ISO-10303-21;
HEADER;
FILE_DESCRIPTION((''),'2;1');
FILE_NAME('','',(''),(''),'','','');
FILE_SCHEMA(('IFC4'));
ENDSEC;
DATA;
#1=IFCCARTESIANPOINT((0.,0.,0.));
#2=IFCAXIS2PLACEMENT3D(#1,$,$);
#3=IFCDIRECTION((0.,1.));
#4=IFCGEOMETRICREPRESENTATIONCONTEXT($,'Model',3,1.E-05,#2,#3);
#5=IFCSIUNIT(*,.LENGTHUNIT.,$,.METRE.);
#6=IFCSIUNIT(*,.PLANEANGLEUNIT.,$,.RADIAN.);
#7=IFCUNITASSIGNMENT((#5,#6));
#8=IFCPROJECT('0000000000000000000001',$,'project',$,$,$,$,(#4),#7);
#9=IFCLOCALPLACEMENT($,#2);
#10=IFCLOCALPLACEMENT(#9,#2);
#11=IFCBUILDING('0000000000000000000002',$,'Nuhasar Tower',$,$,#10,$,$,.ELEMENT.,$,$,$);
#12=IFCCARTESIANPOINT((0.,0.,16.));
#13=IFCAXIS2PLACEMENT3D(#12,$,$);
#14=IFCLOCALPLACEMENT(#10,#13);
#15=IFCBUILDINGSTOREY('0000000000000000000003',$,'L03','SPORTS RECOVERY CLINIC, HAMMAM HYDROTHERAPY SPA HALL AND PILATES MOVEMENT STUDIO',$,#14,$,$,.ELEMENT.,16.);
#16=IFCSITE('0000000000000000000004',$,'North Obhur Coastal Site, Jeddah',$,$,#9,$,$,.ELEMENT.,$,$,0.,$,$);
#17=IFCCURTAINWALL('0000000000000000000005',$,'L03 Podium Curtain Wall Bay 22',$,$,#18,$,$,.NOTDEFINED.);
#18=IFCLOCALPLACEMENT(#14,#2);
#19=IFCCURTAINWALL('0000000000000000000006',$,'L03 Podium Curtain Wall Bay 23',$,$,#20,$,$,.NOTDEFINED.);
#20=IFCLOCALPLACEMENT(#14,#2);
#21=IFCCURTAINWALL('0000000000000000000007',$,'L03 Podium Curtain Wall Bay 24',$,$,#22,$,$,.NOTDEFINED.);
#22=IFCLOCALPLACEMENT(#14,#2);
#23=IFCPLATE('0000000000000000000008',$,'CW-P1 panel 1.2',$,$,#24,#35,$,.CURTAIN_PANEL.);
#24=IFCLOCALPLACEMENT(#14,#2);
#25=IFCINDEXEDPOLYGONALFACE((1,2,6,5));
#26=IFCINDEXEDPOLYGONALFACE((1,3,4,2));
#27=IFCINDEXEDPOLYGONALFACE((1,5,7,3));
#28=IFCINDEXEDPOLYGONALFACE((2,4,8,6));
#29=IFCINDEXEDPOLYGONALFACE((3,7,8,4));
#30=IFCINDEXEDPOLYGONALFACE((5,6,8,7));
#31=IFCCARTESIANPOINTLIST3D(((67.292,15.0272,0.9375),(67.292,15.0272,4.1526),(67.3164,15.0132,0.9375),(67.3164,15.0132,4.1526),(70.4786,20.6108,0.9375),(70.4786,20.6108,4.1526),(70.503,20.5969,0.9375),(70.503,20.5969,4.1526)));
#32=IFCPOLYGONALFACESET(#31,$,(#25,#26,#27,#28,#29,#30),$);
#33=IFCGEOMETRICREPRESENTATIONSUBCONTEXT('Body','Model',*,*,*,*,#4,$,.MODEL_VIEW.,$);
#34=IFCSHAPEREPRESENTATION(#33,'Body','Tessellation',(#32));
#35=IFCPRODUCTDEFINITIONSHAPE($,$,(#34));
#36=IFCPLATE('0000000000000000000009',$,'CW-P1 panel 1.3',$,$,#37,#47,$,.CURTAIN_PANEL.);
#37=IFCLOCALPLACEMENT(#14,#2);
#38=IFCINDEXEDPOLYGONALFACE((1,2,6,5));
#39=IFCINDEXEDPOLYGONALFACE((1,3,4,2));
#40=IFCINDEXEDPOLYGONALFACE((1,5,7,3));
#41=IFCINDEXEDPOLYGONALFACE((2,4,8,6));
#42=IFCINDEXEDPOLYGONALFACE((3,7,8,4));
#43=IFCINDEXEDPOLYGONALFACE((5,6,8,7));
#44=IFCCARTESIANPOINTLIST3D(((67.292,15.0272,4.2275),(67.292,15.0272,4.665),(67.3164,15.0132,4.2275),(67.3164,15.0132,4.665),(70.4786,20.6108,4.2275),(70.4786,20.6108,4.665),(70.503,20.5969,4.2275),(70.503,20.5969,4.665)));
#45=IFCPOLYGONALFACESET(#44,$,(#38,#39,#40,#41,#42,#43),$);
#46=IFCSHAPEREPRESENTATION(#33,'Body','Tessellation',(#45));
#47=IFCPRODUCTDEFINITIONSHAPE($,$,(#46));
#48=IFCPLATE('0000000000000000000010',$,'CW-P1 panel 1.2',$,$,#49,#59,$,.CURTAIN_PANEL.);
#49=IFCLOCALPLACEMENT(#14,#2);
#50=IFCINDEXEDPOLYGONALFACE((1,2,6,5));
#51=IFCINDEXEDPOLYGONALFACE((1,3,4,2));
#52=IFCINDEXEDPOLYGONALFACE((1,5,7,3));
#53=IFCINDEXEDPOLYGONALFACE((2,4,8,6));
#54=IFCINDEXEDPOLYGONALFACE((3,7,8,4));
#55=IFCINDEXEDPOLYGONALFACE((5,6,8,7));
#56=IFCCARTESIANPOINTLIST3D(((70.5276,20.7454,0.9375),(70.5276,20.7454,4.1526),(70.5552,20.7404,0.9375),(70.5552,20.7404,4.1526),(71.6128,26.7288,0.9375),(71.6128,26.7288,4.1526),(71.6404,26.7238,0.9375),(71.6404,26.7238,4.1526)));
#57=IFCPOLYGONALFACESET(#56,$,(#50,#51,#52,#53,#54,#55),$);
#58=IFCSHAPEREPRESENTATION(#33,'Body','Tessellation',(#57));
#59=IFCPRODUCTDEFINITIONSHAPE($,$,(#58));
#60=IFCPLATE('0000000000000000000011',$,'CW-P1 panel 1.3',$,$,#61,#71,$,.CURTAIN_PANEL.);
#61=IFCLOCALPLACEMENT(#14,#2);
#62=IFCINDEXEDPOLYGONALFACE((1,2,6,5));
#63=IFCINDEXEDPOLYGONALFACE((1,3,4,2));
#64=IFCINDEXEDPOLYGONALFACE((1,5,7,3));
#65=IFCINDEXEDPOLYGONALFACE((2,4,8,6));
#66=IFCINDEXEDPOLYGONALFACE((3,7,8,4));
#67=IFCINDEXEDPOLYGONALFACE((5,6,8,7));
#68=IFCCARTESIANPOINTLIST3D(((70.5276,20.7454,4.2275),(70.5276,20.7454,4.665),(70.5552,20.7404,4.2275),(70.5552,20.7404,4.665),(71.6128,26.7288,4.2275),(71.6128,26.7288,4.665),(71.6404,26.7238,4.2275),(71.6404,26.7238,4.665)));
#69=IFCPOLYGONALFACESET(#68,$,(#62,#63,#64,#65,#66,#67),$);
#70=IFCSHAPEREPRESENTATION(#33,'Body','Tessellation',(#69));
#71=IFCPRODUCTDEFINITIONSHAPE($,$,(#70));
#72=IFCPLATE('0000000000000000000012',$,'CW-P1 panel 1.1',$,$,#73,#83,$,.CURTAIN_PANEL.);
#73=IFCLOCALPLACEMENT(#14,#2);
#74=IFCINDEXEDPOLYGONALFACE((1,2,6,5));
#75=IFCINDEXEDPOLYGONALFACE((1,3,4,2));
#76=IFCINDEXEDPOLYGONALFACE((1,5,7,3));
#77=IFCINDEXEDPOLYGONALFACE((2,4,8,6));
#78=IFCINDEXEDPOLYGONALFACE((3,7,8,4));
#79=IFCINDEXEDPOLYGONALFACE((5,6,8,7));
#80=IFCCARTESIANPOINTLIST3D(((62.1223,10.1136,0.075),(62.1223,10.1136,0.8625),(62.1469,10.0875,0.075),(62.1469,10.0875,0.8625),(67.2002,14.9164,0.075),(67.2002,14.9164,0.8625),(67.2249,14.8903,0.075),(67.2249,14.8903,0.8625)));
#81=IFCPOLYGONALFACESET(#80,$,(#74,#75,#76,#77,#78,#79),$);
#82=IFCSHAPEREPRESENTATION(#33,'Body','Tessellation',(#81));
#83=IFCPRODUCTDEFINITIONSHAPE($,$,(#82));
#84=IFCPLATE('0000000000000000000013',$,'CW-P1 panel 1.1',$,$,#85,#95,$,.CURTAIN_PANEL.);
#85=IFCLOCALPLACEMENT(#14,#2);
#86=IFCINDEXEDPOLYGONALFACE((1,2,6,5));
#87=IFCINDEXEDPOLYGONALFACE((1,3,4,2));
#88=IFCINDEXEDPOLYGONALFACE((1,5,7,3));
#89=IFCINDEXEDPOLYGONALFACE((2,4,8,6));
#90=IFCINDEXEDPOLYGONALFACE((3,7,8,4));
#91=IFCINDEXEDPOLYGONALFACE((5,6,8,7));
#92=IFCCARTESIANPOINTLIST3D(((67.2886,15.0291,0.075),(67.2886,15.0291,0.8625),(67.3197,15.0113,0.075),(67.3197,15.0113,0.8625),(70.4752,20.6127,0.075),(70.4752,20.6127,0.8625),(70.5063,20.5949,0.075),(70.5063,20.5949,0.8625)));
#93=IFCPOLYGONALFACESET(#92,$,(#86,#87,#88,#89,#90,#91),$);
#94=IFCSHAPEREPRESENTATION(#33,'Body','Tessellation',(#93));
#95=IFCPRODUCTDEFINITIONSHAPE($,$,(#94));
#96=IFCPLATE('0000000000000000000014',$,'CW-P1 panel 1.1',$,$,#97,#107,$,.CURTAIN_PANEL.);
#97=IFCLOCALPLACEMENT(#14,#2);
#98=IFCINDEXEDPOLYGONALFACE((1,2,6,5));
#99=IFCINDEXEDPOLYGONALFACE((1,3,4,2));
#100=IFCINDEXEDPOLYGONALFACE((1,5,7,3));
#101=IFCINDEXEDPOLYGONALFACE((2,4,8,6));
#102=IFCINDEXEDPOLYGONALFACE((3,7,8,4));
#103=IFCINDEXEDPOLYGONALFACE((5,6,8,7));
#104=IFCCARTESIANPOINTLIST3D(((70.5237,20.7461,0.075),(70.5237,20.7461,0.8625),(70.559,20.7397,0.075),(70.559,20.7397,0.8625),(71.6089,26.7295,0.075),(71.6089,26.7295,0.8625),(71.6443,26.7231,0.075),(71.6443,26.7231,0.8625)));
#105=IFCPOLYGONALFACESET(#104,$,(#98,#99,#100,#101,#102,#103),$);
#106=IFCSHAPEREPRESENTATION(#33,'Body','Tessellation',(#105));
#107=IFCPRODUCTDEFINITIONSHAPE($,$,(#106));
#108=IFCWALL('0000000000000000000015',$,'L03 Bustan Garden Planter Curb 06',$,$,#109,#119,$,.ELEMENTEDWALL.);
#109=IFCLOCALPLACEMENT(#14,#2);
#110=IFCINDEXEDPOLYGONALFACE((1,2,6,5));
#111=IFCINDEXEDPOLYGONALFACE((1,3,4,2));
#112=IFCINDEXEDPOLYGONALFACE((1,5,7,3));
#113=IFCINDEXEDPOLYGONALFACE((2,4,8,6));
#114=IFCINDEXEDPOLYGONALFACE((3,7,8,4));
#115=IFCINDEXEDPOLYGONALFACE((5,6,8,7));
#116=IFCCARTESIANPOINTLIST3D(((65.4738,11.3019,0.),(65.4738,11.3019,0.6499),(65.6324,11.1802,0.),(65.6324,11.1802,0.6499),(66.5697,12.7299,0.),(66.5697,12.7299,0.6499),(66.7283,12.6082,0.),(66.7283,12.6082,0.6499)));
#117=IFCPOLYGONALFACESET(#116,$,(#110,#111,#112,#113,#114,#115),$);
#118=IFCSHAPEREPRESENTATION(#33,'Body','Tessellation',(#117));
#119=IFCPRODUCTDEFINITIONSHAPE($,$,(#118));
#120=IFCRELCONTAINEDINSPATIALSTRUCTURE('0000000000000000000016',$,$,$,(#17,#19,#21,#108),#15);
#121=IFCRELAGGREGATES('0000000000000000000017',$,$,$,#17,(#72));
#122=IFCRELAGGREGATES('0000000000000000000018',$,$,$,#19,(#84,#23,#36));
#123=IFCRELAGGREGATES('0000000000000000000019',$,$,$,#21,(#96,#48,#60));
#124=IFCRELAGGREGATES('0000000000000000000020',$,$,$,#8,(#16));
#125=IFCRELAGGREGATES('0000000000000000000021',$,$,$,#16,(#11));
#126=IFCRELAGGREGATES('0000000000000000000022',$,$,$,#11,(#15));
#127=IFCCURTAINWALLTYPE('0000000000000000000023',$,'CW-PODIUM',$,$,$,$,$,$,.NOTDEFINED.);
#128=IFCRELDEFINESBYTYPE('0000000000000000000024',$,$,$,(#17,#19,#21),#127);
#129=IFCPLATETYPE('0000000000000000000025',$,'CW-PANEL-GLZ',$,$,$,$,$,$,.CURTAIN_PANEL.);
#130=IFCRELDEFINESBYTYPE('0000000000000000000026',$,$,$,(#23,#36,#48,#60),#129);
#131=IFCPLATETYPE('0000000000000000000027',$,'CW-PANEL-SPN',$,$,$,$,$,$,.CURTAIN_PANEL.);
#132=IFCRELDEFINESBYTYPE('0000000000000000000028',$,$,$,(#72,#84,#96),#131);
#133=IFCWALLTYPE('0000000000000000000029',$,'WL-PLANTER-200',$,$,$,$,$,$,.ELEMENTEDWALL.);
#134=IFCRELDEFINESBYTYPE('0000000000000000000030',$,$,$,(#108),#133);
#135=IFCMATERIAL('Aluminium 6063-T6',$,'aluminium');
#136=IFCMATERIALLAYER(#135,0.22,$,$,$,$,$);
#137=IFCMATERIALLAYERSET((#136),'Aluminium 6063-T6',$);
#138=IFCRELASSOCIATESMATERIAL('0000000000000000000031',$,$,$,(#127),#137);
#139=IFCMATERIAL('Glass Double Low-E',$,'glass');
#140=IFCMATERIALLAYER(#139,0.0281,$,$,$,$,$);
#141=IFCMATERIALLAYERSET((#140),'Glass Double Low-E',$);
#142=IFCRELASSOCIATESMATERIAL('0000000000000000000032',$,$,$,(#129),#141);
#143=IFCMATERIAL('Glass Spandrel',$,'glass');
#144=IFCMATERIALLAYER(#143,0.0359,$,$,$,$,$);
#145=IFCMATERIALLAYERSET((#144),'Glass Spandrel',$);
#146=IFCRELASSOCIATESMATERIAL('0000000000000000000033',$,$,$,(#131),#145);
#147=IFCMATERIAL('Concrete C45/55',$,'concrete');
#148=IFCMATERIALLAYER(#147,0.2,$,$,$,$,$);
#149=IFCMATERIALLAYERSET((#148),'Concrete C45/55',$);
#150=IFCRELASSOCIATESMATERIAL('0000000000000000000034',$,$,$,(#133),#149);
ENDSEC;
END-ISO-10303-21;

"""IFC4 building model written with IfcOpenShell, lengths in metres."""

from ifc_helpers import new_model, si_unit, direction, frame, frame_2d, origin, origin_2d, place, context, subcontext, project, spatial, rectangle, extrude, material, layer, layer_set, type_object, element, aggregate, save


model = new_model("IFC4")

# Units and contexts
model_context = context("Model", 3, precision=1e-05, world=origin(), true_north=direction((0.0, 1.0)))
body_context = subcontext(model_context, "Body", "Model", "MODEL_VIEW")
ifc_project = project(units=[si_unit("LENGTHUNIT", "METRE"), si_unit("PLANEANGLEUNIT", "RADIAN")], contexts=[model_context])

# Site, building, storey
site_placement = place(None, origin())
site = spatial("IfcSite", under=ifc_project, at=site_placement, Name="North Obhur Coastal Site, Jeddah", CompositionType="ELEMENT", RefElevation=0.0)
building_placement = place(site_placement, origin())
building = spatial("IfcBuilding", under=site, at=building_placement, Name="Nuhasar Tower", CompositionType="ELEMENT")
storey_placement = place(building_placement, frame((0.0, 0.0, 16.0)))
storey = spatial("IfcBuildingStorey", under=building, at=storey_placement, Name="L03", Description="SPORTS RECOVERY CLINIC, HAMMAM HYDROTHERAPY SPA HALL AND PILATES MOVEMENT STUDIO", CompositionType="ELEMENT", Elevation=16.0)

# Curtain walls
ifc_material_1 = material(Name="Aluminium 6063-T6", Category="aluminium")
ifc_layer_1 = layer(ifc_material_1, 0.22)
ifc_layer_set_1 = layer_set([ifc_layer_1], Name="Aluminium 6063-T6")
curtain_wall_type = type_object("IfcCurtainWallType", Name="CW-PODIUM", PredefinedType="NOTDEFINED", material=ifc_layer_set_1)
curtain_wall_1_placement = place(storey_placement, origin())
curtain_wall_1 = element("IfcCurtainWall", 1, at=curtain_wall_1_placement, inside=storey, type_object=curtain_wall_type, Name="L03 Podium Curtain Wall Bay 22", PredefinedType="NOTDEFINED")
curtain_wall_2_placement = place(storey_placement, origin())
curtain_wall_2 = element("IfcCurtainWall", 2, at=curtain_wall_2_placement, inside=storey, type_object=curtain_wall_type, Name="L03 Podium Curtain Wall Bay 23", PredefinedType="NOTDEFINED")

# Curtain wall
curtain_wall_3_placement = place(storey_placement, origin())
curtain_wall_3 = element("IfcCurtainWall", 3, at=curtain_wall_3_placement, inside=storey, type_object=curtain_wall_type, Name="L03 Podium Curtain Wall Bay 24", PredefinedType="NOTDEFINED")

# Plates
ifc_material_2 = material(Name="Glass Double Low-E", Category="glass")
ifc_layer_2 = layer(ifc_material_2, 0.0281)
ifc_layer_set_2 = layer_set([ifc_layer_2], Name="Glass Double Low-E")
plate_type_1 = type_object("IfcPlateType", Name="CW-PANEL-GLZ", PredefinedType="CURTAIN_PANEL", material=ifc_layer_set_2)
plate_1_placement = place(storey_placement, frame((68.8975, 17.812, 0.9375), z_axis=(0.0, 0.0, 1.0), x_axis=(0.495664, 0.868514, 0.0)))
plate_1 = element("IfcPlate", 4, at=plate_1_placement, type_object=plate_type_1, Name="CW-P1 panel 1.2", PredefinedType="CURTAIN_PANEL", context=body_context, shape_type="SweptSolid", body=[
    extrude(rectangle(XDim=6.429, YDim=0.0281, at=origin_2d()), origin(), (0.0, 0.0, 1.0), 3.2151),
])
plate_2_placement = place(storey_placement, frame((68.8975, 17.812, 4.2275), z_axis=(0.0, 0.0, 1.0), x_axis=(0.495664, 0.868514, 0.0)))
plate_2 = element("IfcPlate", 5, at=plate_2_placement, type_object=plate_type_1, Name="CW-P1 panel 1.3", PredefinedType="CURTAIN_PANEL", context=body_context, shape_type="SweptSolid", body=[
    extrude(rectangle(XDim=6.429, YDim=0.0281, at=origin_2d()), origin(), (0.0, 0.0, 1.0), 0.4375),
])
plate_3_placement = place(storey_placement, frame((71.084, 23.7346, 0.9375), z_axis=(0.0, 0.0, 1.0), x_axis=(0.178462, 0.983947, 0.0)))
plate_3 = element("IfcPlate", 6, at=plate_3_placement, type_object=plate_type_1, Name="CW-P1 panel 1.2", PredefinedType="CURTAIN_PANEL", context=body_context, shape_type="SweptSolid", body=[
    extrude(rectangle(XDim=6.0811, YDim=0.0281, at=origin_2d()), origin(), (0.0, 0.0, 1.0), 3.2151),
])
plate_4_placement = place(storey_placement, frame((71.084, 23.7346, 4.2275), z_axis=(0.0, 0.0, 1.0), x_axis=(0.178462, 0.983947, 0.0)))
plate_4 = element("IfcPlate", 7, at=plate_4_placement, type_object=plate_type_1, Name="CW-P1 panel 1.3", PredefinedType="CURTAIN_PANEL", context=body_context, shape_type="SweptSolid", body=[
    extrude(rectangle(XDim=6.0811, YDim=0.0281, at=origin_2d()), origin(), (0.0, 0.0, 1.0), 0.4375),
])
ifc_material_3 = material(Name="Glass Spandrel", Category="glass")
ifc_layer_3 = layer(ifc_material_3, 0.0359)
ifc_layer_set_3 = layer_set([ifc_layer_3], Name="Glass Spandrel")
plate_type_2 = type_object("IfcPlateType", Name="CW-PANEL-SPN", PredefinedType="CURTAIN_PANEL", material=ifc_layer_set_3)
plate_5_placement = place(storey_placement, frame((64.6736, 12.502, 0.075), z_axis=(0.0, 0.0, 1.0), x_axis=(0.726512, 0.687154, 0.0)))
plate_5 = element("IfcPlate", 8, at=plate_5_placement, type_object=plate_type_2, Name="CW-P1 panel 1.1", PredefinedType="CURTAIN_PANEL", context=body_context, shape_type="SweptSolid", body=[
    extrude(rectangle(XDim=6.9895, YDim=0.0359, at=origin_2d()), origin(), (0.0, 0.0, 1.0), 0.7876),
])
aggregate(curtain_wall_1, [plate_5])
plate_6_placement = place(storey_placement, frame((68.8975, 17.812, 0.075), z_axis=(0.0, 0.0, 1.0), x_axis=(0.495664, 0.868514, 0.0)))
plate_6 = element("IfcPlate", 9, at=plate_6_placement, type_object=plate_type_2, Name="CW-P1 panel 1.1", PredefinedType="CURTAIN_PANEL", context=body_context, shape_type="SweptSolid", body=[
    extrude(rectangle(XDim=6.429, YDim=0.0359, at=origin_2d()), origin(), (0.0, 0.0, 1.0), 0.7876),
])
aggregate(curtain_wall_2, [plate_6, plate_1, plate_2])
plate_7_placement = place(storey_placement, frame((71.084, 23.7346, 0.075), z_axis=(0.0, 0.0, 1.0), x_axis=(0.178462, 0.983947, 0.0)))
plate_7 = element("IfcPlate", 10, at=plate_7_placement, type_object=plate_type_2, Name="CW-P1 panel 1.1", PredefinedType="CURTAIN_PANEL", context=body_context, shape_type="SweptSolid", body=[
    extrude(rectangle(XDim=6.0811, YDim=0.0359, at=origin_2d()), origin(), (0.0, 0.0, 1.0), 0.7876),
])
aggregate(curtain_wall_3, [plate_7, plate_3, plate_4])

# Wall
ifc_material_4 = material(Name="Concrete C45/55", Category="concrete")
ifc_layer_4 = layer(ifc_material_4, 0.2)
ifc_layer_set_4 = layer_set([ifc_layer_4], Name="Concrete C45/55")
wall_type = type_object("IfcWallType", Name="WL-PLANTER-200", PredefinedType="ELEMENTEDWALL", material=ifc_layer_set_4)
wall_placement = place(storey_placement, frame((66.6489, 12.6689, 0.0), z_axis=(0.0, 0.0, 1.0), x_axis=(-0.608839, -0.793294, 0.0)))
element("IfcWall", 11, at=wall_placement, inside=storey, type_object=wall_type, Name="L03 Bustan Garden Planter Curb 06", PredefinedType="ELEMENTEDWALL", context=body_context, shape_type="SweptSolid", body=[
    extrude(rectangle(XDim=1.8, YDim=0.2, at=frame_2d((0.8999, 0.0))), origin(), (0.0, 0.0, 1.0), 0.6499),
])

save(model, "model.ifc")
